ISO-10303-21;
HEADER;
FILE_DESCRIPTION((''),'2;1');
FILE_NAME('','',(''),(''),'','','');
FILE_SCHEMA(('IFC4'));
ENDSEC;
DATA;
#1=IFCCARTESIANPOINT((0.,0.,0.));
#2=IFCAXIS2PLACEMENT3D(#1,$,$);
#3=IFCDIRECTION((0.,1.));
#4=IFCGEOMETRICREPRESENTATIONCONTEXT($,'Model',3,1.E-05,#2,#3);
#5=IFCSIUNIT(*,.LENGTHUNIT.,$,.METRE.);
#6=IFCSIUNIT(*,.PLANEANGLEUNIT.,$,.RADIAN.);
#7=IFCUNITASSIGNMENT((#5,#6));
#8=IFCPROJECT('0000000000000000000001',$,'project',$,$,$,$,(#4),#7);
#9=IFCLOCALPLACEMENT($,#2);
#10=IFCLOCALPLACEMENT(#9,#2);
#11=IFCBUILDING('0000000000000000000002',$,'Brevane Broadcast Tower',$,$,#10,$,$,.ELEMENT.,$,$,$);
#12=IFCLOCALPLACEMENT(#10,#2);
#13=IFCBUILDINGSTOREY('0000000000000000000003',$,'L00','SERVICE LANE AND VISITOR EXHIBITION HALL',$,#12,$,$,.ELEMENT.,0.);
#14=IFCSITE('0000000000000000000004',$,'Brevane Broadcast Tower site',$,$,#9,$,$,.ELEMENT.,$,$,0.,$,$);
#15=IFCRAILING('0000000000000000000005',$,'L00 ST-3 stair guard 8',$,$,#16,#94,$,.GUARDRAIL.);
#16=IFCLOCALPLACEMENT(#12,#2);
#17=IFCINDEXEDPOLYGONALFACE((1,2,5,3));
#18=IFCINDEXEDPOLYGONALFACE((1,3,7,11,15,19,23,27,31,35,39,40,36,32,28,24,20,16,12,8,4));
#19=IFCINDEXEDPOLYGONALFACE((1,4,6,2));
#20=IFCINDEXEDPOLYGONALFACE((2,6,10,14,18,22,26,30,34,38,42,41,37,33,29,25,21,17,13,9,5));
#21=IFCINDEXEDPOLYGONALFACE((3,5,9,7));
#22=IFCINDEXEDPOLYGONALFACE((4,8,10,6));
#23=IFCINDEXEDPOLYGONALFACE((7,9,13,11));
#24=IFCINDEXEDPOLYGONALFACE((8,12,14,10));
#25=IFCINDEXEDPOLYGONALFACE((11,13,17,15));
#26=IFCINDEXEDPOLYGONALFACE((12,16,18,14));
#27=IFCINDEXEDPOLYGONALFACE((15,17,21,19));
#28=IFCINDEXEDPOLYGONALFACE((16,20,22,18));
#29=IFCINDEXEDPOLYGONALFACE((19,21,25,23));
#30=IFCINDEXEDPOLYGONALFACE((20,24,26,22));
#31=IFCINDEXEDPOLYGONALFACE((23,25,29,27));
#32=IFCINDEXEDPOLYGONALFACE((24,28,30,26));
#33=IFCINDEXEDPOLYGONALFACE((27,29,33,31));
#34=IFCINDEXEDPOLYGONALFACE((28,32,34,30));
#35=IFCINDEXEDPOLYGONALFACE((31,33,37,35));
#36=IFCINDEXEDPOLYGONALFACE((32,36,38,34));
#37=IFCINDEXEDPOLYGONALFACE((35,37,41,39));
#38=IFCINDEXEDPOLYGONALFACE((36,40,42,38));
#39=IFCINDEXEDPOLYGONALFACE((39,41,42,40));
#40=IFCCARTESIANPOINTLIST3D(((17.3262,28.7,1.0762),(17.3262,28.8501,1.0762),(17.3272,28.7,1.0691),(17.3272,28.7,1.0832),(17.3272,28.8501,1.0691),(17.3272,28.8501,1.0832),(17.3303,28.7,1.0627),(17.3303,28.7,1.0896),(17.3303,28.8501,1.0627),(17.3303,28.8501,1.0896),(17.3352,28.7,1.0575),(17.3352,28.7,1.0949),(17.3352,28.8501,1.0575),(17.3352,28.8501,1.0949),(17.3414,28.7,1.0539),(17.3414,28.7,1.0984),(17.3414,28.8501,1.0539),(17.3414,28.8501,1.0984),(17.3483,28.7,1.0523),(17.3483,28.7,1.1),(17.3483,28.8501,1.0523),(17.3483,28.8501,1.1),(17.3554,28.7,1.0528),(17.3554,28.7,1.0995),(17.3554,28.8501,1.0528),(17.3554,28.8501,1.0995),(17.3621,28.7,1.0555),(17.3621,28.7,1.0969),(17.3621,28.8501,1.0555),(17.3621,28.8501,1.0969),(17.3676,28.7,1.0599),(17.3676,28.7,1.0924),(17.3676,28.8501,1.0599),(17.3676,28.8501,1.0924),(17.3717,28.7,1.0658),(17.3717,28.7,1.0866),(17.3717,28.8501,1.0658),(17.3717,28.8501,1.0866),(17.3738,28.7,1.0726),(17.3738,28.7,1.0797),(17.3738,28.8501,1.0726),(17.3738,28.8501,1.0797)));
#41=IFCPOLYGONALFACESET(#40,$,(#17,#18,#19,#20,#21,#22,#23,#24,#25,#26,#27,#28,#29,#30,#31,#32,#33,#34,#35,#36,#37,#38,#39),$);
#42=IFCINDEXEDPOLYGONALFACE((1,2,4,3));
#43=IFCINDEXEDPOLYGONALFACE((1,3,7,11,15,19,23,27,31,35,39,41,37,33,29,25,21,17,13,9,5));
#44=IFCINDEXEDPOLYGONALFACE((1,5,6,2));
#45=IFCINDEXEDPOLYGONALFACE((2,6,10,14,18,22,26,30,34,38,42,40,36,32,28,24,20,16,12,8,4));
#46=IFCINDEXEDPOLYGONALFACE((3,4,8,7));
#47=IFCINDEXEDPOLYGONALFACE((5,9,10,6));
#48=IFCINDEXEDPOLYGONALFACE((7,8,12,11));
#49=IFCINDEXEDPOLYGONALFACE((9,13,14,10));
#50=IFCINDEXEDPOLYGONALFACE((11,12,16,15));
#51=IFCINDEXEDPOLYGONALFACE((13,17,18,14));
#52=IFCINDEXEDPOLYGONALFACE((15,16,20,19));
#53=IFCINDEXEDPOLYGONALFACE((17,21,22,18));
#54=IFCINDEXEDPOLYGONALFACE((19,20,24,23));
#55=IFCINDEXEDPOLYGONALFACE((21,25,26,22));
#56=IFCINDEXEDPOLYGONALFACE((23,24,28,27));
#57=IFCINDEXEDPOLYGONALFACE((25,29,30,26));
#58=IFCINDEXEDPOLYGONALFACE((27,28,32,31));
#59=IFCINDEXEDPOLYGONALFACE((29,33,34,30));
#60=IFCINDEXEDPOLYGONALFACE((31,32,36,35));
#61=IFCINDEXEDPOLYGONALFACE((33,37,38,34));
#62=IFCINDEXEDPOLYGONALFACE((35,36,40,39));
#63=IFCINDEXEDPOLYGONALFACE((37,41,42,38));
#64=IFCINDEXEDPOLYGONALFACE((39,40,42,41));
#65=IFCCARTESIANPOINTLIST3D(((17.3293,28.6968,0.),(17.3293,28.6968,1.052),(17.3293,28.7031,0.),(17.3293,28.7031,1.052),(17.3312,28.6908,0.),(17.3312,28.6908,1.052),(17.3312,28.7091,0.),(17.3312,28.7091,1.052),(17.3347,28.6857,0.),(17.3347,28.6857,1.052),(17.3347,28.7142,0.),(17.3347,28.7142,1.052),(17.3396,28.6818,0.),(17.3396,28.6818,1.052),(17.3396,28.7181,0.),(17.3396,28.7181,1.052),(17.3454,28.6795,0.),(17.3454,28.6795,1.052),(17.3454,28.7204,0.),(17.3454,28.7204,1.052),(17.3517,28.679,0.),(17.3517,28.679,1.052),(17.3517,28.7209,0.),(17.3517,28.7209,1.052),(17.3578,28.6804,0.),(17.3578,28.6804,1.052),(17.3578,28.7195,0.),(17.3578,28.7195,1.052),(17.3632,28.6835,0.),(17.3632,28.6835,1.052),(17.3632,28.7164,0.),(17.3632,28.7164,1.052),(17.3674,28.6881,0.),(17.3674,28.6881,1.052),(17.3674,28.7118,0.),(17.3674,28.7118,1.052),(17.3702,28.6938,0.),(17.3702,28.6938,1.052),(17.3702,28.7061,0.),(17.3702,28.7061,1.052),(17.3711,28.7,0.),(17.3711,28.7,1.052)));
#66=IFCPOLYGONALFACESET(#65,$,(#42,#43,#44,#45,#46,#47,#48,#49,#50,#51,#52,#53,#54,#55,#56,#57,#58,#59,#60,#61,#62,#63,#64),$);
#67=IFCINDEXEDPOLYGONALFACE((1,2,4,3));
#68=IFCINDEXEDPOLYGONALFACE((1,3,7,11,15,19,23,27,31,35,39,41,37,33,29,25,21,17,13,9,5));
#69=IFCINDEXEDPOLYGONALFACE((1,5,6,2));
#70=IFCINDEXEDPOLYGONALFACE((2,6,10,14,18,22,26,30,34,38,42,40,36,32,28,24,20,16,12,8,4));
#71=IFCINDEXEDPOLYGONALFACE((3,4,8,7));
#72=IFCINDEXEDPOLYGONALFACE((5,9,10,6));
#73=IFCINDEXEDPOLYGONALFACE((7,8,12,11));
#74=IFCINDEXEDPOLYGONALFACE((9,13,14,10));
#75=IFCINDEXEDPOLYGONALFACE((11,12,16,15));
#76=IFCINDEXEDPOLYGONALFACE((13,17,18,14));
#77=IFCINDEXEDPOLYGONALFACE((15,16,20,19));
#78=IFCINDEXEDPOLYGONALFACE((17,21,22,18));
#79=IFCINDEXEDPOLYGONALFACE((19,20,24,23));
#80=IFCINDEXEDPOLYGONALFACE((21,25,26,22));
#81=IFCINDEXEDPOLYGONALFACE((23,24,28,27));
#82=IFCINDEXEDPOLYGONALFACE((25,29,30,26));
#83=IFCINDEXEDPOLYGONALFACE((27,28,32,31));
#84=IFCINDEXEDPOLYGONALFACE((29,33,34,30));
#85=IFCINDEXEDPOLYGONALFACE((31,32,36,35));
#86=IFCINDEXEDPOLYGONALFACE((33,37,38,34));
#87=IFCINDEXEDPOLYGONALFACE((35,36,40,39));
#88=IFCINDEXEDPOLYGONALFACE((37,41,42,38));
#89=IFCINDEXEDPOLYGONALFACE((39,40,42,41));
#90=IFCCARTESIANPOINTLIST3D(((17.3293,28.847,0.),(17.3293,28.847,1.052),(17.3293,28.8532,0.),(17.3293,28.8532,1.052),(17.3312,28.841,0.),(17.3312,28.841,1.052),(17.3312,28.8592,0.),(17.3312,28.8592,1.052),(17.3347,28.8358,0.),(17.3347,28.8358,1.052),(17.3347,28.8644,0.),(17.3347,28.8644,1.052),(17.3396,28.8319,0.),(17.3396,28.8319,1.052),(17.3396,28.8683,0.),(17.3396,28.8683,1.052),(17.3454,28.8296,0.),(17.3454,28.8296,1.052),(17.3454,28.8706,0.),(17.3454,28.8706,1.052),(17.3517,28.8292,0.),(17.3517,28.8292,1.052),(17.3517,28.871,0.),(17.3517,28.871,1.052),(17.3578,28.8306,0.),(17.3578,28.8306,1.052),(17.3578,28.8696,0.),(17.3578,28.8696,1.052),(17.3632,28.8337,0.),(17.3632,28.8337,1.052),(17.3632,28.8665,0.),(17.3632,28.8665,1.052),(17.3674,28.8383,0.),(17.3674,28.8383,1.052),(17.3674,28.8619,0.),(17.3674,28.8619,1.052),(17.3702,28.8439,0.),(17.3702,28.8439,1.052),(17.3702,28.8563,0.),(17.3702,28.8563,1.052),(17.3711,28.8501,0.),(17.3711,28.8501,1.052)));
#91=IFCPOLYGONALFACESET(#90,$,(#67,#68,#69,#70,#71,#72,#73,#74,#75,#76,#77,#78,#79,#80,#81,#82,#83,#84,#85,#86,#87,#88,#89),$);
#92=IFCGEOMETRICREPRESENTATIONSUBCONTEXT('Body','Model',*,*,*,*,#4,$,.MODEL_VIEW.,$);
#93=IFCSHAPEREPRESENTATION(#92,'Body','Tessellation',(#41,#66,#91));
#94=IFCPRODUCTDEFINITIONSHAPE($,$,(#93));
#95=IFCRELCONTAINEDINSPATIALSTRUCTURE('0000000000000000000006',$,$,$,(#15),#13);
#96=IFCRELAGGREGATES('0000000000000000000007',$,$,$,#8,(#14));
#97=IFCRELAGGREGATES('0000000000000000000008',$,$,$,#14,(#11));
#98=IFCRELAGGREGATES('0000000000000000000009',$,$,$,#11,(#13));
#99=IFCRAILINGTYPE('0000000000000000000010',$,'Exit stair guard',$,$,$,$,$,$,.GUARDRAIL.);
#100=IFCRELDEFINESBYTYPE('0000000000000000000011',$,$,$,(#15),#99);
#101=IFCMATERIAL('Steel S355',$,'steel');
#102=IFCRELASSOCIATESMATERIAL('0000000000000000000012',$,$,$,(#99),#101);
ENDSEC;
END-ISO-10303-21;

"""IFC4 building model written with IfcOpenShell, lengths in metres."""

from ifc_helpers import new_model, si_unit, direction, frame, origin, origin_2d, place, context, subcontext, project, spatial, circle, extrude, material, type_object, element, save


model = new_model("IFC4")

# Units and contexts
model_context = context("Model", 3, precision=1e-05, world=origin(), true_north=direction((0.0, 1.0)))
body_context = subcontext(model_context, "Body", "Model", "MODEL_VIEW")
ifc_project = project(units=[si_unit("LENGTHUNIT", "METRE"), si_unit("PLANEANGLEUNIT", "RADIAN")], contexts=[model_context])

# Site, building, storey
site_placement = place(None, origin())
site = spatial("IfcSite", under=ifc_project, at=site_placement, Name="Brevane Broadcast Tower site", CompositionType="ELEMENT", RefElevation=0.0)
building_placement = place(site_placement, origin())
building = spatial("IfcBuilding", under=site, at=building_placement, Name="Brevane Broadcast Tower", CompositionType="ELEMENT")
storey_placement = place(building_placement, origin())
storey = spatial("IfcBuildingStorey", under=building, at=storey_placement, Name="L00", Description="SERVICE LANE AND VISITOR EXHIBITION HALL", CompositionType="ELEMENT", Elevation=0.0)

# Railing
ifc_material_1 = material(Name="Steel S355", Category="steel")
railing_type_1 = type_object("IfcRailingType", Name="Exit stair guard", PredefinedType="GUARDRAIL", material=ifc_material_1)
railing_1_placement = place(storey_placement, frame((17.3501, 28.7, 0.0)))
element("IfcRailing", 1, at=railing_1_placement, inside=storey, type_object=railing_type_1, Name="L00 ST-3 stair guard 8", PredefinedType="GUARDRAIL", context=body_context, shape_type="SweptSolid", body=[
    extrude(circle(Radius=0.0239, at=origin_2d()), frame((0.0, 0.0, 1.0762), z_axis=(0.0, 1.0, 0.0), x_axis=(-1.0, 0.0, 0.0)), (0.0, 0.0, 1.0), 0.1501),
    extrude(circle(Radius=0.021, at=origin_2d()), origin(), (0.0, 0.0, 1.0), 1.052),
    extrude(circle(Radius=0.021, at=origin_2d()), frame((0.0, 0.1501, 0.0)), (0.0, 0.0, 1.0), 1.052),
])

save(model, "model.ifc")
